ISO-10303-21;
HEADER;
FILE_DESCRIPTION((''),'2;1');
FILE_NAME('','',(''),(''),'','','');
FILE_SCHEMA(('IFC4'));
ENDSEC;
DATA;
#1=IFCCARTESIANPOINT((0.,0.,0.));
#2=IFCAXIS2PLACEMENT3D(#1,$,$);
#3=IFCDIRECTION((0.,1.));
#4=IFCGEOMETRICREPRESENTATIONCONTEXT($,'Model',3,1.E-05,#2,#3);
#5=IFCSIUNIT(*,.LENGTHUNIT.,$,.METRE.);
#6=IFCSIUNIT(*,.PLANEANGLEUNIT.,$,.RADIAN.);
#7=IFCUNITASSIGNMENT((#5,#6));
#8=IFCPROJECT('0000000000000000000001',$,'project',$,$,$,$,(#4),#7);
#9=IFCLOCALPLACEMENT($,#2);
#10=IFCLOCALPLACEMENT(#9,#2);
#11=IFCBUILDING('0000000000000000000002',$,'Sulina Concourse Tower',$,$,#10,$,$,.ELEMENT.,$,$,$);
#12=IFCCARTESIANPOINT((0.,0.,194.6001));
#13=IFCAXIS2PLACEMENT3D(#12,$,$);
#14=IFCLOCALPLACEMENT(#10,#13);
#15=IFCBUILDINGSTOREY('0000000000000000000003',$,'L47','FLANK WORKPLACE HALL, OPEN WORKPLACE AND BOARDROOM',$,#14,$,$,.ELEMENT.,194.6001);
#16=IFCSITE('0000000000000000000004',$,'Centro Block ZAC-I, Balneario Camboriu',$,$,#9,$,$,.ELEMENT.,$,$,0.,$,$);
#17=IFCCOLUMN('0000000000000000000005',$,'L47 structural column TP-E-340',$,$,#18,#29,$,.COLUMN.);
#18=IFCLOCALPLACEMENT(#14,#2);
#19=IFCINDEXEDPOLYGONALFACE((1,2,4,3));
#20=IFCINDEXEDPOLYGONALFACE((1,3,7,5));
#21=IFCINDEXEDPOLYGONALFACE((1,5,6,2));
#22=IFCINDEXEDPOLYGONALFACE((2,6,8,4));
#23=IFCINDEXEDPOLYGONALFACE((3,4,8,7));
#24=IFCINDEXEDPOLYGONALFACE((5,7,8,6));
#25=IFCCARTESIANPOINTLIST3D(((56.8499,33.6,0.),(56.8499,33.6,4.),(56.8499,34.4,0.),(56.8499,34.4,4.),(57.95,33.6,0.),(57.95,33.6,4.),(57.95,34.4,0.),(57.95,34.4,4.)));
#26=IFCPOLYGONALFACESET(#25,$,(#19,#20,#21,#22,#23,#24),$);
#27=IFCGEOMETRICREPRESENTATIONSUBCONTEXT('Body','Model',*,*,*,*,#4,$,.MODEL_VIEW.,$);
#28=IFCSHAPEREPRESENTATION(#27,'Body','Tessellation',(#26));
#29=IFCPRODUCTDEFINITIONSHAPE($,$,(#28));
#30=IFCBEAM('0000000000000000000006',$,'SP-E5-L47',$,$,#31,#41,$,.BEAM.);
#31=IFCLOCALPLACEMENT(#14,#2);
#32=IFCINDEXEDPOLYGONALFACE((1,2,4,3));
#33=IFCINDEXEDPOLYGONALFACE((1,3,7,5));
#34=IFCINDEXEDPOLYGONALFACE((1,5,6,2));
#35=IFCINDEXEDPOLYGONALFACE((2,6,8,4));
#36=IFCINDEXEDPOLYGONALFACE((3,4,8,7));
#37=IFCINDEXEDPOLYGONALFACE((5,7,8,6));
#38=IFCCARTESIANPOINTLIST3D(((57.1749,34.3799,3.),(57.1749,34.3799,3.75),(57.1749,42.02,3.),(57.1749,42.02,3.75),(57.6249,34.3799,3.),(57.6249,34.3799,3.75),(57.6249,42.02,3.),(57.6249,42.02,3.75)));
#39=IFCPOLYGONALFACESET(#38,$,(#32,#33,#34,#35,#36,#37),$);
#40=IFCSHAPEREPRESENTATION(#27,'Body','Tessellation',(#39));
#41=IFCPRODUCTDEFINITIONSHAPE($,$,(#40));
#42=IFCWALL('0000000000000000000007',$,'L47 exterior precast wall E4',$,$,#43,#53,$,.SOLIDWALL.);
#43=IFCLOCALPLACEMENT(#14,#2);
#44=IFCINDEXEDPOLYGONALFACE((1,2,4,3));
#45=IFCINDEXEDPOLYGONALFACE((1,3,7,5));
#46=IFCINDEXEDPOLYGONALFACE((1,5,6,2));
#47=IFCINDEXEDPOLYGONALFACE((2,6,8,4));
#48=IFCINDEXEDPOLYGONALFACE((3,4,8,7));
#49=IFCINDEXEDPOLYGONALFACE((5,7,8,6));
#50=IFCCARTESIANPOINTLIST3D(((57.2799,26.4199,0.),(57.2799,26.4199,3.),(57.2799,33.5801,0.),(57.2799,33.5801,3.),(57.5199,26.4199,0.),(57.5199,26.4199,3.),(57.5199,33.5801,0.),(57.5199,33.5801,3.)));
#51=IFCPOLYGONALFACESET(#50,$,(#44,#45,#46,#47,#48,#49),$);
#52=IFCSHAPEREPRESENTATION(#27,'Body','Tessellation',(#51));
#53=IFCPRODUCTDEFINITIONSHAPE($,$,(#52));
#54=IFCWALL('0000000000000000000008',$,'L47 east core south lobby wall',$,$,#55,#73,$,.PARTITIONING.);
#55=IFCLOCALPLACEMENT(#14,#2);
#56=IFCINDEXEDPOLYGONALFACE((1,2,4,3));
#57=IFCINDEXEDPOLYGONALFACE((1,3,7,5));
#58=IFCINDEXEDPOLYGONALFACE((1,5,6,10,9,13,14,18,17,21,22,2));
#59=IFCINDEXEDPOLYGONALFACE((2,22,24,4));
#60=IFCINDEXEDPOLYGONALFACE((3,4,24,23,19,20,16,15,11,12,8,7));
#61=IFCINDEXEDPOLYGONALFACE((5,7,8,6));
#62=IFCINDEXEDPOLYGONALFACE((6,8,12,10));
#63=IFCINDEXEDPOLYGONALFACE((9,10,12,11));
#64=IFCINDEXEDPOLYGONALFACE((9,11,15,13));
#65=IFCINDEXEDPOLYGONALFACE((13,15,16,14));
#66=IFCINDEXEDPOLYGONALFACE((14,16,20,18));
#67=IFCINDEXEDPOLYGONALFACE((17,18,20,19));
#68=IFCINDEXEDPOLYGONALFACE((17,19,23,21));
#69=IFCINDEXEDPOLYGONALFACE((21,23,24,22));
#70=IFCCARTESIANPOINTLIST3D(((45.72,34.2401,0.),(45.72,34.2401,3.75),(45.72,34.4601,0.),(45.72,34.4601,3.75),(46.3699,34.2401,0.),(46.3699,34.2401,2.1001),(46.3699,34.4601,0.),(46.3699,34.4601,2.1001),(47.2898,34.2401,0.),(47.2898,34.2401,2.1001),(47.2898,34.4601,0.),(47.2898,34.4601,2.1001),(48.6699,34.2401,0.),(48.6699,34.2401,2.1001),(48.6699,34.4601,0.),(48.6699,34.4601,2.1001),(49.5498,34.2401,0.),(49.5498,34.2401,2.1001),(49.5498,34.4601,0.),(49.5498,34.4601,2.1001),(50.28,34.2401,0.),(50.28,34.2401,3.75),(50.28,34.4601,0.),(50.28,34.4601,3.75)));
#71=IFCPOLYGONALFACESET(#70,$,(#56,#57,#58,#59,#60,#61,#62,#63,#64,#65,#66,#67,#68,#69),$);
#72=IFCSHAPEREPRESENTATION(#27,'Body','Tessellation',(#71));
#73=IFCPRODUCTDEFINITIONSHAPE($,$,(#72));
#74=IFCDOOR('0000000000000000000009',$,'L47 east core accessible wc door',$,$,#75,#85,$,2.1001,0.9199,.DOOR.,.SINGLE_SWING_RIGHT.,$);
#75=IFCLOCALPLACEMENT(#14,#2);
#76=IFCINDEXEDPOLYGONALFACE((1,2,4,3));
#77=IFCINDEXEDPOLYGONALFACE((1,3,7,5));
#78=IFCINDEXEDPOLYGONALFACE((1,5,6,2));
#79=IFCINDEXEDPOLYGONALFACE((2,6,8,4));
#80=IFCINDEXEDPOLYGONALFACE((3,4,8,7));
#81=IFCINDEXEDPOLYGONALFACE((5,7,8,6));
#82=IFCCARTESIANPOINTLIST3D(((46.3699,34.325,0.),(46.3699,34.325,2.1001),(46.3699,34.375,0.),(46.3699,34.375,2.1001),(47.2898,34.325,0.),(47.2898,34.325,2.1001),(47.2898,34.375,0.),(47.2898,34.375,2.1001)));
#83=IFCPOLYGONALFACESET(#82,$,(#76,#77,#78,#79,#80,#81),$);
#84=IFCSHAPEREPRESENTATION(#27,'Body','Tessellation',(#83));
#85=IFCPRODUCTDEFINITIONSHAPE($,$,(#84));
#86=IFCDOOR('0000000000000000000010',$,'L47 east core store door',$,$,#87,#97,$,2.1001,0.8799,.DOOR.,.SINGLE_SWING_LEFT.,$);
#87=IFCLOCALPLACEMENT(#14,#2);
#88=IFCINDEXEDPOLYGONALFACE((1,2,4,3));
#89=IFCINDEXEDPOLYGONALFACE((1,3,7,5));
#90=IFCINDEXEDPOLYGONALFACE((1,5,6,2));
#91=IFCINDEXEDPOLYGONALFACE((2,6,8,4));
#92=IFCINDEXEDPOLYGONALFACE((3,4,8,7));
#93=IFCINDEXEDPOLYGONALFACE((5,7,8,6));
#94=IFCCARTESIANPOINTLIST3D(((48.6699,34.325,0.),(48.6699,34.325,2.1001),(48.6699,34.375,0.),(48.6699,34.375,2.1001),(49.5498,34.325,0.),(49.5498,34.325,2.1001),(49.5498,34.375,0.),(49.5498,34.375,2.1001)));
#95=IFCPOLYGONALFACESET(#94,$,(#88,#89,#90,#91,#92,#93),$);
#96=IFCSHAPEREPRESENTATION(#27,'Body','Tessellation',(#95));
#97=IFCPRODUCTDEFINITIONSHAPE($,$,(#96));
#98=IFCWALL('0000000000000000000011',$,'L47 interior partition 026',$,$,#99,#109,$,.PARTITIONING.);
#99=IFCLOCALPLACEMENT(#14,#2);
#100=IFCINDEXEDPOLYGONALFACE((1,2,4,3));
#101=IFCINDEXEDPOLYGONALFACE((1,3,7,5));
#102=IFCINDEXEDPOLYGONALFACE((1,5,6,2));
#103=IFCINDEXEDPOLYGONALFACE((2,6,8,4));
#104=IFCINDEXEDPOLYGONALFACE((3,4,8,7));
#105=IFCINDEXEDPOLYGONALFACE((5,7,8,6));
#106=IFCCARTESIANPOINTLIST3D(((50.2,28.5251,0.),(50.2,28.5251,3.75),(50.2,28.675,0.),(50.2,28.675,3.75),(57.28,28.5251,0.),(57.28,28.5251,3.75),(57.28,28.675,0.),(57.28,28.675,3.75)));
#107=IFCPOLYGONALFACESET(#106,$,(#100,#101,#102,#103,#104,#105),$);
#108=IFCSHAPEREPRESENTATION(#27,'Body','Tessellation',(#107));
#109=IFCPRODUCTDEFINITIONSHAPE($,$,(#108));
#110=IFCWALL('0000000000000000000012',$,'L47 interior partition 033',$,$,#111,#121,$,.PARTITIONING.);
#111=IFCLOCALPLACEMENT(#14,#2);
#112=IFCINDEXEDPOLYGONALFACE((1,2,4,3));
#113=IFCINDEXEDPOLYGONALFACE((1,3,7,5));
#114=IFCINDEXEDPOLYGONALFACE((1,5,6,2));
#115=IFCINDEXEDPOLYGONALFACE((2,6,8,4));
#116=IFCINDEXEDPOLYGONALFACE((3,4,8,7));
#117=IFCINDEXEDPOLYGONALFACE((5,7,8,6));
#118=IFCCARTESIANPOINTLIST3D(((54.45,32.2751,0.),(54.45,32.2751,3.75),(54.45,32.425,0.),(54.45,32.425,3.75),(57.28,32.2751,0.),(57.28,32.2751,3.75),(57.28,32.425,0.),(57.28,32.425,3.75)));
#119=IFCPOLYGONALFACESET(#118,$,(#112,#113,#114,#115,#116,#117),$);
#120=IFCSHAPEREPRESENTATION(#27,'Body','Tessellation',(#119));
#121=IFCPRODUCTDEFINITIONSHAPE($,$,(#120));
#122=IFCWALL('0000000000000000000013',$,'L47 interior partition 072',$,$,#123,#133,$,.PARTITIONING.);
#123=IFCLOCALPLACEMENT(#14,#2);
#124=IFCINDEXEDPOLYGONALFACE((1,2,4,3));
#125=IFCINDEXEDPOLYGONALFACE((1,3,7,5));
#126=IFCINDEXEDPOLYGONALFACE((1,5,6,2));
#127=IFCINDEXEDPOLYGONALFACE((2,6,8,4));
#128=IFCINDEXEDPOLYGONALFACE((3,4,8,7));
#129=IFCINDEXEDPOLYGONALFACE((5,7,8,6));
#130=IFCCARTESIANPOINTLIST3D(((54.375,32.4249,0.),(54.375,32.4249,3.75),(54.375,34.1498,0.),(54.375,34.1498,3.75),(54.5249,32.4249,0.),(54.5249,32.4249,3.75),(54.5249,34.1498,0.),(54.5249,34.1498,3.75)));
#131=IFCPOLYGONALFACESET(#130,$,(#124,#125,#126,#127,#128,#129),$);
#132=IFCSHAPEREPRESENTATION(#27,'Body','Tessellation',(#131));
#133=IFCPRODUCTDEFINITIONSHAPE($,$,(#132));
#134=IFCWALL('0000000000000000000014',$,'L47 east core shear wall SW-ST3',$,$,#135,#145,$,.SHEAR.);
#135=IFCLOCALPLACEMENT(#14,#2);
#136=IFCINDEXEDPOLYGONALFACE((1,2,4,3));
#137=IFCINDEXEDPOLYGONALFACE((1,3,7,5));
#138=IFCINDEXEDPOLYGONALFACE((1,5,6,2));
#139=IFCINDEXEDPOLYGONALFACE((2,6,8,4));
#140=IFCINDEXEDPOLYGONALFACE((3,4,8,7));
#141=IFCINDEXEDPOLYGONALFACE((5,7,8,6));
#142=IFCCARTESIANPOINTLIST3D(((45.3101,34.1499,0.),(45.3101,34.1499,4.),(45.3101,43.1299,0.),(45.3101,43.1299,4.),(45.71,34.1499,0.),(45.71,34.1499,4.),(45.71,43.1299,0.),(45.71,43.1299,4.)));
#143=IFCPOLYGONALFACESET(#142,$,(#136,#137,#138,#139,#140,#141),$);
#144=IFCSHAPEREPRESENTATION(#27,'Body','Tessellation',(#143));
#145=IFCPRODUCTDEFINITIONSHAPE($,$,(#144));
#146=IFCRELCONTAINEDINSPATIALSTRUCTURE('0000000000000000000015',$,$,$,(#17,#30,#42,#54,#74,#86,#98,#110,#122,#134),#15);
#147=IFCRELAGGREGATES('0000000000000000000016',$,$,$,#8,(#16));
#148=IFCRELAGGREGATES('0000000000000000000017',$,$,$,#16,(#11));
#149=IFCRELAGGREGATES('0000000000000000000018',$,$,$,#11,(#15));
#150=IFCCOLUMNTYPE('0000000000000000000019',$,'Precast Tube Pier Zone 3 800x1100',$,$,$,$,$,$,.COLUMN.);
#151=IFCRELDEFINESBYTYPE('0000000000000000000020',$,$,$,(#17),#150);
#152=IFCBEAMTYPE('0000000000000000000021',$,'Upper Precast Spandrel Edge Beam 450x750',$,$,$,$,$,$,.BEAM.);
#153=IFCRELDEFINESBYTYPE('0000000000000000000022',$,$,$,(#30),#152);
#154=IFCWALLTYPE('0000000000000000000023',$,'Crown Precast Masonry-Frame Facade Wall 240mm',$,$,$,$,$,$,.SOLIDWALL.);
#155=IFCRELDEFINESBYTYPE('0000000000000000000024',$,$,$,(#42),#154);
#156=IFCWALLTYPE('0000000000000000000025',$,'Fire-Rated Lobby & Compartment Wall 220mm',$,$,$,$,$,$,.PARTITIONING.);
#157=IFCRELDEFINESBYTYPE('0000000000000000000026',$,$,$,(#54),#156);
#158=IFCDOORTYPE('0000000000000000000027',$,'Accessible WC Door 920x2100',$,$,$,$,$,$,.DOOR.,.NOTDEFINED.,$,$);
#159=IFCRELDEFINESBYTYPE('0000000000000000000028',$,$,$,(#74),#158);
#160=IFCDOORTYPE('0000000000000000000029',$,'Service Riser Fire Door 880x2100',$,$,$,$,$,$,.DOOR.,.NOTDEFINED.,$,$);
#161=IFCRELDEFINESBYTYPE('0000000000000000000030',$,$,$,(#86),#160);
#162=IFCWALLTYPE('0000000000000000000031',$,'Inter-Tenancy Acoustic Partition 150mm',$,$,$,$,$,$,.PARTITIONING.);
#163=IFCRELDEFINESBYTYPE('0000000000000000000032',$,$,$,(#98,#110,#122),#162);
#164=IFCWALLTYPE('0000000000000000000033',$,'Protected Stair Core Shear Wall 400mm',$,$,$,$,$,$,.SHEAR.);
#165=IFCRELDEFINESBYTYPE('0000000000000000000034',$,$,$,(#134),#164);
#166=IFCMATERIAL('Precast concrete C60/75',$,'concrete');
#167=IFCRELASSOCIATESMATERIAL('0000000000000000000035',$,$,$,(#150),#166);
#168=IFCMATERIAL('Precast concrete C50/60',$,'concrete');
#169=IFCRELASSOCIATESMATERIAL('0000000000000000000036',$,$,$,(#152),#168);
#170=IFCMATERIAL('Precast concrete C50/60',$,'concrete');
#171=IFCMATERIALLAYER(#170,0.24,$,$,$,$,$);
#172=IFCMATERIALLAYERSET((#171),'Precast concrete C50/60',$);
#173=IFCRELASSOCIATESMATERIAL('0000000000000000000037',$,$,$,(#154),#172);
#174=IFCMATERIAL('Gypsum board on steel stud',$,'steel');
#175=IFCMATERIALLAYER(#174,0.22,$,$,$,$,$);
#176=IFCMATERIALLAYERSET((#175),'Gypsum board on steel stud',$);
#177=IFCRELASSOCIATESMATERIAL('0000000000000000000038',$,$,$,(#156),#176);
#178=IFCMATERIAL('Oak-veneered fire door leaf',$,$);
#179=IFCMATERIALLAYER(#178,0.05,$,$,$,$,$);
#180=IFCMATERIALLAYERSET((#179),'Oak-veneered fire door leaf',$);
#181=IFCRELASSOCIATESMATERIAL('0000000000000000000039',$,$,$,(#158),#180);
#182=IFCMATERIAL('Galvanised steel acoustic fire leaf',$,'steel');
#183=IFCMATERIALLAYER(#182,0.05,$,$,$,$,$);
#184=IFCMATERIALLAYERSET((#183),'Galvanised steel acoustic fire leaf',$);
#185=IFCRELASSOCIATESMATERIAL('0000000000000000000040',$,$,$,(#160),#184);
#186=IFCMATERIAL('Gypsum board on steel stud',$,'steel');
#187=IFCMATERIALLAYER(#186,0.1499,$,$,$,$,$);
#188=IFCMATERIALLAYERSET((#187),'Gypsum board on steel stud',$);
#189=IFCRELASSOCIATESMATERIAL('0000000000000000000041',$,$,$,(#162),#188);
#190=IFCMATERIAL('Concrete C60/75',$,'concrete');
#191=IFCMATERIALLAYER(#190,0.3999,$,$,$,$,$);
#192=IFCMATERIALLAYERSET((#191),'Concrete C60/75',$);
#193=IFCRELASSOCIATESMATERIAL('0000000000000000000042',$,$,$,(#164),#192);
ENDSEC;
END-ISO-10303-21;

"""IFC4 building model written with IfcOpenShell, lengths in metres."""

from ifc_helpers import new_model, si_unit, direction, frame, frame_2d, origin, origin_2d, place, context, subcontext, project, spatial, rectangle, extrude, material, layer, layer_set, material_profile, profile_set, type_object, element, fill, save


model = new_model("IFC4")

# Units and contexts
model_context = context("Model", 3, precision=1e-05, world=origin(), true_north=direction((0.0, 1.0)))
body_context = subcontext(model_context, "Body", "Model", "MODEL_VIEW")
ifc_project = project(units=[si_unit("LENGTHUNIT", "METRE"), si_unit("PLANEANGLEUNIT", "RADIAN")], contexts=[model_context])

# Site, building, storey
site_placement = place(None, origin())
site = spatial("IfcSite", under=ifc_project, at=site_placement, Name="Centro Block ZAC-I, Balneario Camboriu", CompositionType="ELEMENT", RefElevation=0.0)
building_placement = place(site_placement, origin())
building = spatial("IfcBuilding", under=site, at=building_placement, Name="Sulina Concourse Tower", CompositionType="ELEMENT")
storey_placement = place(building_placement, frame((0.0, 0.0, 194.6001)))
storey = spatial("IfcBuildingStorey", under=building, at=storey_placement, Name="L47", Description="FLANK WORKPLACE HALL, OPEN WORKPLACE AND BOARDROOM", CompositionType="ELEMENT", Elevation=194.6001)

# Column
ifc_material_1 = material(Name="Precast concrete C60/75", Category="concrete")
ifc_material_profile_1 = material_profile(ifc_material_1, rectangle(XDim=0.8, YDim=1.1001, at=origin_2d()), Name="PC 800x1100")
ifc_profile_set_1 = profile_set([ifc_material_profile_1], Name="Precast concrete C60/75")
column_type = type_object("IfcColumnType", Name="Precast Tube Pier Zone 3 800x1100", PredefinedType="COLUMN", material=ifc_profile_set_1)
column_placement = place(storey_placement, frame((57.3999, 34.0, 0.0), z_axis=(0.0, 0.0, 1.0), x_axis=(0.0, 1.0, 0.0)))
element("IfcColumn", 1, at=column_placement, inside=storey, type_object=column_type, Name="L47 structural column TP-E-340", PredefinedType="COLUMN", context=body_context, shape_type="SweptSolid", body=[
    extrude(rectangle(XDim=0.8, YDim=1.1001, at=origin_2d()), origin(), (0.0, 0.0, 1.0), 4.0),
])

# Beam
ifc_material_2 = material(Name="Precast concrete C50/60", Category="concrete")
ifc_material_profile_2 = material_profile(ifc_material_2, rectangle(XDim=0.45, YDim=0.75, at=origin_2d()), Name="RC 450x750")
ifc_profile_set_2 = profile_set([ifc_material_profile_2], Name="Precast concrete C50/60")
beam_type = type_object("IfcBeamType", Name="Upper Precast Spandrel Edge Beam 450x750", PredefinedType="BEAM", material=ifc_profile_set_2)
beam_placement = place(storey_placement, frame((57.3999, 34.3799, 3.375), z_axis=(0.0, 1.0, 0.0), x_axis=(-1.0, 0.0, 0.0)))
element("IfcBeam", 2, at=beam_placement, inside=storey, type_object=beam_type, Name="SP-E5-L47", PredefinedType="BEAM", context=body_context, shape_type="SweptSolid", body=[
    extrude(rectangle(XDim=0.45, YDim=0.75, at=origin_2d()), origin(), (0.0, 0.0, 1.0), 7.6401),
])

# Wall
ifc_material_3 = material(Name="Precast concrete C50/60", Category="concrete")
ifc_layer_1 = layer(ifc_material_3, 0.24)
ifc_layer_set_1 = layer_set([ifc_layer_1], Name="Precast concrete C50/60")
wall_type_1 = type_object("IfcWallType", Name="Crown Precast Masonry-Frame Facade Wall 240mm", PredefinedType="SOLIDWALL", material=ifc_layer_set_1)
wall_1_placement = place(storey_placement, frame((57.3999, 33.5801, 0.0), z_axis=(0.0, 0.0, 1.0), x_axis=(0.0, -1.0, 0.0)))
element("IfcWall", 3, at=wall_1_placement, inside=storey, type_object=wall_type_1, Name="L47 exterior precast wall E4", PredefinedType="SOLIDWALL", context=body_context, shape_type="SweptSolid", body=[
    extrude(rectangle(XDim=7.1602, YDim=0.24, at=frame_2d((3.5801, 0.0))), origin(), (0.0, 0.0, 1.0), 3.0),
])

# Wall, openings, doors
ifc_material_4 = material(Name="Gypsum board on steel stud", Category="steel")
ifc_layer_2 = layer(ifc_material_4, 0.22)
ifc_layer_set_2 = layer_set([ifc_layer_2], Name="Gypsum board on steel stud")
wall_type_2 = type_object("IfcWallType", Name="Fire-Rated Lobby & Compartment Wall 220mm", PredefinedType="PARTITIONING", material=ifc_layer_set_2)
wall_2_placement = place(storey_placement, frame((45.72, 34.3501, 0.0), z_axis=(0.0, 0.0, 1.0), x_axis=(1.0, 0.0, 0.0)))
wall_2 = element("IfcWall", 4, at=wall_2_placement, inside=storey, type_object=wall_type_2, Name="L47 east core south lobby wall", PredefinedType="PARTITIONING", context=body_context, shape_type="SweptSolid", body=[
    extrude(rectangle(XDim=4.5601, YDim=0.22, at=frame_2d((2.28, 0.0))), origin(), (0.0, 0.0, 1.0), 3.75),
])
opening_1_placement = place(wall_2_placement, frame((0.6499, 0.0, 0.0)))
opening_1 = element("IfcOpeningElement", 5, at=opening_1_placement, cuts=wall_2, PredefinedType="OPENING", context=body_context, shape_type="SweptSolid", body=[
    extrude(rectangle(XDim=0.9199, YDim=2.1001, at=frame_2d((0.46, 1.05))), frame((0.0, 0.1199, 0.0), z_axis=(0.0, -1.0, 0.0), x_axis=(1.0, 0.0, 0.0)), (0.0, 0.0, 1.0), 0.24),
])
opening_2_placement = place(wall_2_placement, frame((2.95, 0.0, 0.0)))
opening_2 = element("IfcOpeningElement", 6, at=opening_2_placement, cuts=wall_2, PredefinedType="OPENING", context=body_context, shape_type="SweptSolid", body=[
    extrude(rectangle(XDim=0.8799, YDim=2.1001, at=frame_2d((0.4399, 1.05))), frame((0.0, 0.1199, 0.0), z_axis=(0.0, -1.0, 0.0), x_axis=(1.0, 0.0, 0.0)), (0.0, 0.0, 1.0), 0.24),
])
ifc_material_5 = material(Name="Oak-veneered fire door leaf")
ifc_layer_3 = layer(ifc_material_5, 0.05)
ifc_layer_set_3 = layer_set([ifc_layer_3], Name="Oak-veneered fire door leaf")
door_type_1 = type_object("IfcDoorType", Name="Accessible WC Door 920x2100", OperationType="NOTDEFINED", PredefinedType="DOOR", material=ifc_layer_set_3)
door_1_placement = place(opening_1_placement, origin())
door_1 = element("IfcDoor", 7, at=door_1_placement, inside=storey, type_object=door_type_1, Name="L47 east core accessible wc door", OperationType="SINGLE_SWING_RIGHT", OverallHeight=2.1001, OverallWidth=0.9199, PredefinedType="DOOR", context=body_context, shape_type="SweptSolid", body=[
    extrude(rectangle(XDim=0.9199, YDim=2.1001, at=frame_2d((0.46, 1.05))), frame((0.0, 0.0249, 0.0), z_axis=(0.0, -1.0, 0.0), x_axis=(1.0, 0.0, 0.0)), (0.0, 0.0, 1.0), 0.05),
])
fill(opening_1, door_1)
ifc_material_6 = material(Name="Galvanised steel acoustic fire leaf", Category="steel")
ifc_layer_4 = layer(ifc_material_6, 0.05)
ifc_layer_set_4 = layer_set([ifc_layer_4], Name="Galvanised steel acoustic fire leaf")
door_type_2 = type_object("IfcDoorType", Name="Service Riser Fire Door 880x2100", OperationType="NOTDEFINED", PredefinedType="DOOR", material=ifc_layer_set_4)
door_2_placement = place(opening_2_placement, origin())
door_2 = element("IfcDoor", 8, at=door_2_placement, inside=storey, type_object=door_type_2, Name="L47 east core store door", OperationType="SINGLE_SWING_LEFT", OverallHeight=2.1001, OverallWidth=0.8799, PredefinedType="DOOR", context=body_context, shape_type="SweptSolid", body=[
    extrude(rectangle(XDim=0.8799, YDim=2.1001, at=frame_2d((0.4399, 1.05))), frame((0.0, 0.0249, 0.0), z_axis=(0.0, -1.0, 0.0), x_axis=(1.0, 0.0, 0.0)), (0.0, 0.0, 1.0), 0.05),
])
fill(opening_2, door_2)

# Wall
ifc_material_7 = material(Name="Gypsum board on steel stud", Category="steel")
ifc_layer_5 = layer(ifc_material_7, 0.1499)
ifc_layer_set_5 = layer_set([ifc_layer_5], Name="Gypsum board on steel stud")
wall_type_3 = type_object("IfcWallType", Name="Inter-Tenancy Acoustic Partition 150mm", PredefinedType="PARTITIONING", material=ifc_layer_set_5)
wall_3_placement = place(storey_placement, frame((50.2, 28.6001, 0.0), z_axis=(0.0, 0.0, 1.0), x_axis=(1.0, 0.0, 0.0)))
element("IfcWall", 9, at=wall_3_placement, inside=storey, type_object=wall_type_3, Name="L47 interior partition 026", PredefinedType="PARTITIONING", context=body_context, shape_type="SweptSolid", body=[
    extrude(rectangle(XDim=7.0801, YDim=0.1499, at=frame_2d((3.54, 0.0))), origin(), (0.0, 0.0, 1.0), 3.75),
])

# Walls
wall_4_placement = place(storey_placement, frame((54.45, 32.3501, 0.0), z_axis=(0.0, 0.0, 1.0), x_axis=(1.0, 0.0, 0.0)))
element("IfcWall", 10, at=wall_4_placement, inside=storey, type_object=wall_type_3, Name="L47 interior partition 033", PredefinedType="PARTITIONING", context=body_context, shape_type="SweptSolid", body=[
    extrude(rectangle(XDim=2.8301, YDim=0.1499, at=frame_2d((1.415, 0.0))), origin(), (0.0, 0.0, 1.0), 3.75),
])
wall_5_placement = place(storey_placement, frame((54.45, 32.425, 0.0), z_axis=(0.0, 0.0, 1.0), x_axis=(0.0, 1.0, 0.0)))
element("IfcWall", 11, at=wall_5_placement, inside=storey, type_object=wall_type_3, Name="L47 interior partition 072", PredefinedType="PARTITIONING", context=body_context, shape_type="SweptSolid", body=[
    extrude(rectangle(XDim=1.7249, YDim=0.1499, at=frame_2d((0.8623, 0.0))), origin(), (0.0, 0.0, 1.0), 3.75),
])
ifc_material_8 = material(Name="Concrete C60/75", Category="concrete")
ifc_layer_6 = layer(ifc_material_8, 0.3999)
ifc_layer_set_6 = layer_set([ifc_layer_6], Name="Concrete C60/75")
wall_type_4 = type_object("IfcWallType", Name="Protected Stair Core Shear Wall 400mm", PredefinedType="SHEAR", material=ifc_layer_set_6)
wall_6_placement = place(storey_placement, frame((45.51, 34.1499, 0.0), z_axis=(0.0, 0.0, 1.0), x_axis=(0.0, 1.0, 0.0)))
element("IfcWall", 12, at=wall_6_placement, inside=storey, type_object=wall_type_4, Name="L47 east core shear wall SW-ST3", PredefinedType="SHEAR", context=body_context, shape_type="SweptSolid", body=[
    extrude(rectangle(XDim=8.98, YDim=0.3999, at=frame_2d((4.49, 0.0))), origin(), (0.0, 0.0, 1.0), 4.0),
])

save(model, "model.ifc")
